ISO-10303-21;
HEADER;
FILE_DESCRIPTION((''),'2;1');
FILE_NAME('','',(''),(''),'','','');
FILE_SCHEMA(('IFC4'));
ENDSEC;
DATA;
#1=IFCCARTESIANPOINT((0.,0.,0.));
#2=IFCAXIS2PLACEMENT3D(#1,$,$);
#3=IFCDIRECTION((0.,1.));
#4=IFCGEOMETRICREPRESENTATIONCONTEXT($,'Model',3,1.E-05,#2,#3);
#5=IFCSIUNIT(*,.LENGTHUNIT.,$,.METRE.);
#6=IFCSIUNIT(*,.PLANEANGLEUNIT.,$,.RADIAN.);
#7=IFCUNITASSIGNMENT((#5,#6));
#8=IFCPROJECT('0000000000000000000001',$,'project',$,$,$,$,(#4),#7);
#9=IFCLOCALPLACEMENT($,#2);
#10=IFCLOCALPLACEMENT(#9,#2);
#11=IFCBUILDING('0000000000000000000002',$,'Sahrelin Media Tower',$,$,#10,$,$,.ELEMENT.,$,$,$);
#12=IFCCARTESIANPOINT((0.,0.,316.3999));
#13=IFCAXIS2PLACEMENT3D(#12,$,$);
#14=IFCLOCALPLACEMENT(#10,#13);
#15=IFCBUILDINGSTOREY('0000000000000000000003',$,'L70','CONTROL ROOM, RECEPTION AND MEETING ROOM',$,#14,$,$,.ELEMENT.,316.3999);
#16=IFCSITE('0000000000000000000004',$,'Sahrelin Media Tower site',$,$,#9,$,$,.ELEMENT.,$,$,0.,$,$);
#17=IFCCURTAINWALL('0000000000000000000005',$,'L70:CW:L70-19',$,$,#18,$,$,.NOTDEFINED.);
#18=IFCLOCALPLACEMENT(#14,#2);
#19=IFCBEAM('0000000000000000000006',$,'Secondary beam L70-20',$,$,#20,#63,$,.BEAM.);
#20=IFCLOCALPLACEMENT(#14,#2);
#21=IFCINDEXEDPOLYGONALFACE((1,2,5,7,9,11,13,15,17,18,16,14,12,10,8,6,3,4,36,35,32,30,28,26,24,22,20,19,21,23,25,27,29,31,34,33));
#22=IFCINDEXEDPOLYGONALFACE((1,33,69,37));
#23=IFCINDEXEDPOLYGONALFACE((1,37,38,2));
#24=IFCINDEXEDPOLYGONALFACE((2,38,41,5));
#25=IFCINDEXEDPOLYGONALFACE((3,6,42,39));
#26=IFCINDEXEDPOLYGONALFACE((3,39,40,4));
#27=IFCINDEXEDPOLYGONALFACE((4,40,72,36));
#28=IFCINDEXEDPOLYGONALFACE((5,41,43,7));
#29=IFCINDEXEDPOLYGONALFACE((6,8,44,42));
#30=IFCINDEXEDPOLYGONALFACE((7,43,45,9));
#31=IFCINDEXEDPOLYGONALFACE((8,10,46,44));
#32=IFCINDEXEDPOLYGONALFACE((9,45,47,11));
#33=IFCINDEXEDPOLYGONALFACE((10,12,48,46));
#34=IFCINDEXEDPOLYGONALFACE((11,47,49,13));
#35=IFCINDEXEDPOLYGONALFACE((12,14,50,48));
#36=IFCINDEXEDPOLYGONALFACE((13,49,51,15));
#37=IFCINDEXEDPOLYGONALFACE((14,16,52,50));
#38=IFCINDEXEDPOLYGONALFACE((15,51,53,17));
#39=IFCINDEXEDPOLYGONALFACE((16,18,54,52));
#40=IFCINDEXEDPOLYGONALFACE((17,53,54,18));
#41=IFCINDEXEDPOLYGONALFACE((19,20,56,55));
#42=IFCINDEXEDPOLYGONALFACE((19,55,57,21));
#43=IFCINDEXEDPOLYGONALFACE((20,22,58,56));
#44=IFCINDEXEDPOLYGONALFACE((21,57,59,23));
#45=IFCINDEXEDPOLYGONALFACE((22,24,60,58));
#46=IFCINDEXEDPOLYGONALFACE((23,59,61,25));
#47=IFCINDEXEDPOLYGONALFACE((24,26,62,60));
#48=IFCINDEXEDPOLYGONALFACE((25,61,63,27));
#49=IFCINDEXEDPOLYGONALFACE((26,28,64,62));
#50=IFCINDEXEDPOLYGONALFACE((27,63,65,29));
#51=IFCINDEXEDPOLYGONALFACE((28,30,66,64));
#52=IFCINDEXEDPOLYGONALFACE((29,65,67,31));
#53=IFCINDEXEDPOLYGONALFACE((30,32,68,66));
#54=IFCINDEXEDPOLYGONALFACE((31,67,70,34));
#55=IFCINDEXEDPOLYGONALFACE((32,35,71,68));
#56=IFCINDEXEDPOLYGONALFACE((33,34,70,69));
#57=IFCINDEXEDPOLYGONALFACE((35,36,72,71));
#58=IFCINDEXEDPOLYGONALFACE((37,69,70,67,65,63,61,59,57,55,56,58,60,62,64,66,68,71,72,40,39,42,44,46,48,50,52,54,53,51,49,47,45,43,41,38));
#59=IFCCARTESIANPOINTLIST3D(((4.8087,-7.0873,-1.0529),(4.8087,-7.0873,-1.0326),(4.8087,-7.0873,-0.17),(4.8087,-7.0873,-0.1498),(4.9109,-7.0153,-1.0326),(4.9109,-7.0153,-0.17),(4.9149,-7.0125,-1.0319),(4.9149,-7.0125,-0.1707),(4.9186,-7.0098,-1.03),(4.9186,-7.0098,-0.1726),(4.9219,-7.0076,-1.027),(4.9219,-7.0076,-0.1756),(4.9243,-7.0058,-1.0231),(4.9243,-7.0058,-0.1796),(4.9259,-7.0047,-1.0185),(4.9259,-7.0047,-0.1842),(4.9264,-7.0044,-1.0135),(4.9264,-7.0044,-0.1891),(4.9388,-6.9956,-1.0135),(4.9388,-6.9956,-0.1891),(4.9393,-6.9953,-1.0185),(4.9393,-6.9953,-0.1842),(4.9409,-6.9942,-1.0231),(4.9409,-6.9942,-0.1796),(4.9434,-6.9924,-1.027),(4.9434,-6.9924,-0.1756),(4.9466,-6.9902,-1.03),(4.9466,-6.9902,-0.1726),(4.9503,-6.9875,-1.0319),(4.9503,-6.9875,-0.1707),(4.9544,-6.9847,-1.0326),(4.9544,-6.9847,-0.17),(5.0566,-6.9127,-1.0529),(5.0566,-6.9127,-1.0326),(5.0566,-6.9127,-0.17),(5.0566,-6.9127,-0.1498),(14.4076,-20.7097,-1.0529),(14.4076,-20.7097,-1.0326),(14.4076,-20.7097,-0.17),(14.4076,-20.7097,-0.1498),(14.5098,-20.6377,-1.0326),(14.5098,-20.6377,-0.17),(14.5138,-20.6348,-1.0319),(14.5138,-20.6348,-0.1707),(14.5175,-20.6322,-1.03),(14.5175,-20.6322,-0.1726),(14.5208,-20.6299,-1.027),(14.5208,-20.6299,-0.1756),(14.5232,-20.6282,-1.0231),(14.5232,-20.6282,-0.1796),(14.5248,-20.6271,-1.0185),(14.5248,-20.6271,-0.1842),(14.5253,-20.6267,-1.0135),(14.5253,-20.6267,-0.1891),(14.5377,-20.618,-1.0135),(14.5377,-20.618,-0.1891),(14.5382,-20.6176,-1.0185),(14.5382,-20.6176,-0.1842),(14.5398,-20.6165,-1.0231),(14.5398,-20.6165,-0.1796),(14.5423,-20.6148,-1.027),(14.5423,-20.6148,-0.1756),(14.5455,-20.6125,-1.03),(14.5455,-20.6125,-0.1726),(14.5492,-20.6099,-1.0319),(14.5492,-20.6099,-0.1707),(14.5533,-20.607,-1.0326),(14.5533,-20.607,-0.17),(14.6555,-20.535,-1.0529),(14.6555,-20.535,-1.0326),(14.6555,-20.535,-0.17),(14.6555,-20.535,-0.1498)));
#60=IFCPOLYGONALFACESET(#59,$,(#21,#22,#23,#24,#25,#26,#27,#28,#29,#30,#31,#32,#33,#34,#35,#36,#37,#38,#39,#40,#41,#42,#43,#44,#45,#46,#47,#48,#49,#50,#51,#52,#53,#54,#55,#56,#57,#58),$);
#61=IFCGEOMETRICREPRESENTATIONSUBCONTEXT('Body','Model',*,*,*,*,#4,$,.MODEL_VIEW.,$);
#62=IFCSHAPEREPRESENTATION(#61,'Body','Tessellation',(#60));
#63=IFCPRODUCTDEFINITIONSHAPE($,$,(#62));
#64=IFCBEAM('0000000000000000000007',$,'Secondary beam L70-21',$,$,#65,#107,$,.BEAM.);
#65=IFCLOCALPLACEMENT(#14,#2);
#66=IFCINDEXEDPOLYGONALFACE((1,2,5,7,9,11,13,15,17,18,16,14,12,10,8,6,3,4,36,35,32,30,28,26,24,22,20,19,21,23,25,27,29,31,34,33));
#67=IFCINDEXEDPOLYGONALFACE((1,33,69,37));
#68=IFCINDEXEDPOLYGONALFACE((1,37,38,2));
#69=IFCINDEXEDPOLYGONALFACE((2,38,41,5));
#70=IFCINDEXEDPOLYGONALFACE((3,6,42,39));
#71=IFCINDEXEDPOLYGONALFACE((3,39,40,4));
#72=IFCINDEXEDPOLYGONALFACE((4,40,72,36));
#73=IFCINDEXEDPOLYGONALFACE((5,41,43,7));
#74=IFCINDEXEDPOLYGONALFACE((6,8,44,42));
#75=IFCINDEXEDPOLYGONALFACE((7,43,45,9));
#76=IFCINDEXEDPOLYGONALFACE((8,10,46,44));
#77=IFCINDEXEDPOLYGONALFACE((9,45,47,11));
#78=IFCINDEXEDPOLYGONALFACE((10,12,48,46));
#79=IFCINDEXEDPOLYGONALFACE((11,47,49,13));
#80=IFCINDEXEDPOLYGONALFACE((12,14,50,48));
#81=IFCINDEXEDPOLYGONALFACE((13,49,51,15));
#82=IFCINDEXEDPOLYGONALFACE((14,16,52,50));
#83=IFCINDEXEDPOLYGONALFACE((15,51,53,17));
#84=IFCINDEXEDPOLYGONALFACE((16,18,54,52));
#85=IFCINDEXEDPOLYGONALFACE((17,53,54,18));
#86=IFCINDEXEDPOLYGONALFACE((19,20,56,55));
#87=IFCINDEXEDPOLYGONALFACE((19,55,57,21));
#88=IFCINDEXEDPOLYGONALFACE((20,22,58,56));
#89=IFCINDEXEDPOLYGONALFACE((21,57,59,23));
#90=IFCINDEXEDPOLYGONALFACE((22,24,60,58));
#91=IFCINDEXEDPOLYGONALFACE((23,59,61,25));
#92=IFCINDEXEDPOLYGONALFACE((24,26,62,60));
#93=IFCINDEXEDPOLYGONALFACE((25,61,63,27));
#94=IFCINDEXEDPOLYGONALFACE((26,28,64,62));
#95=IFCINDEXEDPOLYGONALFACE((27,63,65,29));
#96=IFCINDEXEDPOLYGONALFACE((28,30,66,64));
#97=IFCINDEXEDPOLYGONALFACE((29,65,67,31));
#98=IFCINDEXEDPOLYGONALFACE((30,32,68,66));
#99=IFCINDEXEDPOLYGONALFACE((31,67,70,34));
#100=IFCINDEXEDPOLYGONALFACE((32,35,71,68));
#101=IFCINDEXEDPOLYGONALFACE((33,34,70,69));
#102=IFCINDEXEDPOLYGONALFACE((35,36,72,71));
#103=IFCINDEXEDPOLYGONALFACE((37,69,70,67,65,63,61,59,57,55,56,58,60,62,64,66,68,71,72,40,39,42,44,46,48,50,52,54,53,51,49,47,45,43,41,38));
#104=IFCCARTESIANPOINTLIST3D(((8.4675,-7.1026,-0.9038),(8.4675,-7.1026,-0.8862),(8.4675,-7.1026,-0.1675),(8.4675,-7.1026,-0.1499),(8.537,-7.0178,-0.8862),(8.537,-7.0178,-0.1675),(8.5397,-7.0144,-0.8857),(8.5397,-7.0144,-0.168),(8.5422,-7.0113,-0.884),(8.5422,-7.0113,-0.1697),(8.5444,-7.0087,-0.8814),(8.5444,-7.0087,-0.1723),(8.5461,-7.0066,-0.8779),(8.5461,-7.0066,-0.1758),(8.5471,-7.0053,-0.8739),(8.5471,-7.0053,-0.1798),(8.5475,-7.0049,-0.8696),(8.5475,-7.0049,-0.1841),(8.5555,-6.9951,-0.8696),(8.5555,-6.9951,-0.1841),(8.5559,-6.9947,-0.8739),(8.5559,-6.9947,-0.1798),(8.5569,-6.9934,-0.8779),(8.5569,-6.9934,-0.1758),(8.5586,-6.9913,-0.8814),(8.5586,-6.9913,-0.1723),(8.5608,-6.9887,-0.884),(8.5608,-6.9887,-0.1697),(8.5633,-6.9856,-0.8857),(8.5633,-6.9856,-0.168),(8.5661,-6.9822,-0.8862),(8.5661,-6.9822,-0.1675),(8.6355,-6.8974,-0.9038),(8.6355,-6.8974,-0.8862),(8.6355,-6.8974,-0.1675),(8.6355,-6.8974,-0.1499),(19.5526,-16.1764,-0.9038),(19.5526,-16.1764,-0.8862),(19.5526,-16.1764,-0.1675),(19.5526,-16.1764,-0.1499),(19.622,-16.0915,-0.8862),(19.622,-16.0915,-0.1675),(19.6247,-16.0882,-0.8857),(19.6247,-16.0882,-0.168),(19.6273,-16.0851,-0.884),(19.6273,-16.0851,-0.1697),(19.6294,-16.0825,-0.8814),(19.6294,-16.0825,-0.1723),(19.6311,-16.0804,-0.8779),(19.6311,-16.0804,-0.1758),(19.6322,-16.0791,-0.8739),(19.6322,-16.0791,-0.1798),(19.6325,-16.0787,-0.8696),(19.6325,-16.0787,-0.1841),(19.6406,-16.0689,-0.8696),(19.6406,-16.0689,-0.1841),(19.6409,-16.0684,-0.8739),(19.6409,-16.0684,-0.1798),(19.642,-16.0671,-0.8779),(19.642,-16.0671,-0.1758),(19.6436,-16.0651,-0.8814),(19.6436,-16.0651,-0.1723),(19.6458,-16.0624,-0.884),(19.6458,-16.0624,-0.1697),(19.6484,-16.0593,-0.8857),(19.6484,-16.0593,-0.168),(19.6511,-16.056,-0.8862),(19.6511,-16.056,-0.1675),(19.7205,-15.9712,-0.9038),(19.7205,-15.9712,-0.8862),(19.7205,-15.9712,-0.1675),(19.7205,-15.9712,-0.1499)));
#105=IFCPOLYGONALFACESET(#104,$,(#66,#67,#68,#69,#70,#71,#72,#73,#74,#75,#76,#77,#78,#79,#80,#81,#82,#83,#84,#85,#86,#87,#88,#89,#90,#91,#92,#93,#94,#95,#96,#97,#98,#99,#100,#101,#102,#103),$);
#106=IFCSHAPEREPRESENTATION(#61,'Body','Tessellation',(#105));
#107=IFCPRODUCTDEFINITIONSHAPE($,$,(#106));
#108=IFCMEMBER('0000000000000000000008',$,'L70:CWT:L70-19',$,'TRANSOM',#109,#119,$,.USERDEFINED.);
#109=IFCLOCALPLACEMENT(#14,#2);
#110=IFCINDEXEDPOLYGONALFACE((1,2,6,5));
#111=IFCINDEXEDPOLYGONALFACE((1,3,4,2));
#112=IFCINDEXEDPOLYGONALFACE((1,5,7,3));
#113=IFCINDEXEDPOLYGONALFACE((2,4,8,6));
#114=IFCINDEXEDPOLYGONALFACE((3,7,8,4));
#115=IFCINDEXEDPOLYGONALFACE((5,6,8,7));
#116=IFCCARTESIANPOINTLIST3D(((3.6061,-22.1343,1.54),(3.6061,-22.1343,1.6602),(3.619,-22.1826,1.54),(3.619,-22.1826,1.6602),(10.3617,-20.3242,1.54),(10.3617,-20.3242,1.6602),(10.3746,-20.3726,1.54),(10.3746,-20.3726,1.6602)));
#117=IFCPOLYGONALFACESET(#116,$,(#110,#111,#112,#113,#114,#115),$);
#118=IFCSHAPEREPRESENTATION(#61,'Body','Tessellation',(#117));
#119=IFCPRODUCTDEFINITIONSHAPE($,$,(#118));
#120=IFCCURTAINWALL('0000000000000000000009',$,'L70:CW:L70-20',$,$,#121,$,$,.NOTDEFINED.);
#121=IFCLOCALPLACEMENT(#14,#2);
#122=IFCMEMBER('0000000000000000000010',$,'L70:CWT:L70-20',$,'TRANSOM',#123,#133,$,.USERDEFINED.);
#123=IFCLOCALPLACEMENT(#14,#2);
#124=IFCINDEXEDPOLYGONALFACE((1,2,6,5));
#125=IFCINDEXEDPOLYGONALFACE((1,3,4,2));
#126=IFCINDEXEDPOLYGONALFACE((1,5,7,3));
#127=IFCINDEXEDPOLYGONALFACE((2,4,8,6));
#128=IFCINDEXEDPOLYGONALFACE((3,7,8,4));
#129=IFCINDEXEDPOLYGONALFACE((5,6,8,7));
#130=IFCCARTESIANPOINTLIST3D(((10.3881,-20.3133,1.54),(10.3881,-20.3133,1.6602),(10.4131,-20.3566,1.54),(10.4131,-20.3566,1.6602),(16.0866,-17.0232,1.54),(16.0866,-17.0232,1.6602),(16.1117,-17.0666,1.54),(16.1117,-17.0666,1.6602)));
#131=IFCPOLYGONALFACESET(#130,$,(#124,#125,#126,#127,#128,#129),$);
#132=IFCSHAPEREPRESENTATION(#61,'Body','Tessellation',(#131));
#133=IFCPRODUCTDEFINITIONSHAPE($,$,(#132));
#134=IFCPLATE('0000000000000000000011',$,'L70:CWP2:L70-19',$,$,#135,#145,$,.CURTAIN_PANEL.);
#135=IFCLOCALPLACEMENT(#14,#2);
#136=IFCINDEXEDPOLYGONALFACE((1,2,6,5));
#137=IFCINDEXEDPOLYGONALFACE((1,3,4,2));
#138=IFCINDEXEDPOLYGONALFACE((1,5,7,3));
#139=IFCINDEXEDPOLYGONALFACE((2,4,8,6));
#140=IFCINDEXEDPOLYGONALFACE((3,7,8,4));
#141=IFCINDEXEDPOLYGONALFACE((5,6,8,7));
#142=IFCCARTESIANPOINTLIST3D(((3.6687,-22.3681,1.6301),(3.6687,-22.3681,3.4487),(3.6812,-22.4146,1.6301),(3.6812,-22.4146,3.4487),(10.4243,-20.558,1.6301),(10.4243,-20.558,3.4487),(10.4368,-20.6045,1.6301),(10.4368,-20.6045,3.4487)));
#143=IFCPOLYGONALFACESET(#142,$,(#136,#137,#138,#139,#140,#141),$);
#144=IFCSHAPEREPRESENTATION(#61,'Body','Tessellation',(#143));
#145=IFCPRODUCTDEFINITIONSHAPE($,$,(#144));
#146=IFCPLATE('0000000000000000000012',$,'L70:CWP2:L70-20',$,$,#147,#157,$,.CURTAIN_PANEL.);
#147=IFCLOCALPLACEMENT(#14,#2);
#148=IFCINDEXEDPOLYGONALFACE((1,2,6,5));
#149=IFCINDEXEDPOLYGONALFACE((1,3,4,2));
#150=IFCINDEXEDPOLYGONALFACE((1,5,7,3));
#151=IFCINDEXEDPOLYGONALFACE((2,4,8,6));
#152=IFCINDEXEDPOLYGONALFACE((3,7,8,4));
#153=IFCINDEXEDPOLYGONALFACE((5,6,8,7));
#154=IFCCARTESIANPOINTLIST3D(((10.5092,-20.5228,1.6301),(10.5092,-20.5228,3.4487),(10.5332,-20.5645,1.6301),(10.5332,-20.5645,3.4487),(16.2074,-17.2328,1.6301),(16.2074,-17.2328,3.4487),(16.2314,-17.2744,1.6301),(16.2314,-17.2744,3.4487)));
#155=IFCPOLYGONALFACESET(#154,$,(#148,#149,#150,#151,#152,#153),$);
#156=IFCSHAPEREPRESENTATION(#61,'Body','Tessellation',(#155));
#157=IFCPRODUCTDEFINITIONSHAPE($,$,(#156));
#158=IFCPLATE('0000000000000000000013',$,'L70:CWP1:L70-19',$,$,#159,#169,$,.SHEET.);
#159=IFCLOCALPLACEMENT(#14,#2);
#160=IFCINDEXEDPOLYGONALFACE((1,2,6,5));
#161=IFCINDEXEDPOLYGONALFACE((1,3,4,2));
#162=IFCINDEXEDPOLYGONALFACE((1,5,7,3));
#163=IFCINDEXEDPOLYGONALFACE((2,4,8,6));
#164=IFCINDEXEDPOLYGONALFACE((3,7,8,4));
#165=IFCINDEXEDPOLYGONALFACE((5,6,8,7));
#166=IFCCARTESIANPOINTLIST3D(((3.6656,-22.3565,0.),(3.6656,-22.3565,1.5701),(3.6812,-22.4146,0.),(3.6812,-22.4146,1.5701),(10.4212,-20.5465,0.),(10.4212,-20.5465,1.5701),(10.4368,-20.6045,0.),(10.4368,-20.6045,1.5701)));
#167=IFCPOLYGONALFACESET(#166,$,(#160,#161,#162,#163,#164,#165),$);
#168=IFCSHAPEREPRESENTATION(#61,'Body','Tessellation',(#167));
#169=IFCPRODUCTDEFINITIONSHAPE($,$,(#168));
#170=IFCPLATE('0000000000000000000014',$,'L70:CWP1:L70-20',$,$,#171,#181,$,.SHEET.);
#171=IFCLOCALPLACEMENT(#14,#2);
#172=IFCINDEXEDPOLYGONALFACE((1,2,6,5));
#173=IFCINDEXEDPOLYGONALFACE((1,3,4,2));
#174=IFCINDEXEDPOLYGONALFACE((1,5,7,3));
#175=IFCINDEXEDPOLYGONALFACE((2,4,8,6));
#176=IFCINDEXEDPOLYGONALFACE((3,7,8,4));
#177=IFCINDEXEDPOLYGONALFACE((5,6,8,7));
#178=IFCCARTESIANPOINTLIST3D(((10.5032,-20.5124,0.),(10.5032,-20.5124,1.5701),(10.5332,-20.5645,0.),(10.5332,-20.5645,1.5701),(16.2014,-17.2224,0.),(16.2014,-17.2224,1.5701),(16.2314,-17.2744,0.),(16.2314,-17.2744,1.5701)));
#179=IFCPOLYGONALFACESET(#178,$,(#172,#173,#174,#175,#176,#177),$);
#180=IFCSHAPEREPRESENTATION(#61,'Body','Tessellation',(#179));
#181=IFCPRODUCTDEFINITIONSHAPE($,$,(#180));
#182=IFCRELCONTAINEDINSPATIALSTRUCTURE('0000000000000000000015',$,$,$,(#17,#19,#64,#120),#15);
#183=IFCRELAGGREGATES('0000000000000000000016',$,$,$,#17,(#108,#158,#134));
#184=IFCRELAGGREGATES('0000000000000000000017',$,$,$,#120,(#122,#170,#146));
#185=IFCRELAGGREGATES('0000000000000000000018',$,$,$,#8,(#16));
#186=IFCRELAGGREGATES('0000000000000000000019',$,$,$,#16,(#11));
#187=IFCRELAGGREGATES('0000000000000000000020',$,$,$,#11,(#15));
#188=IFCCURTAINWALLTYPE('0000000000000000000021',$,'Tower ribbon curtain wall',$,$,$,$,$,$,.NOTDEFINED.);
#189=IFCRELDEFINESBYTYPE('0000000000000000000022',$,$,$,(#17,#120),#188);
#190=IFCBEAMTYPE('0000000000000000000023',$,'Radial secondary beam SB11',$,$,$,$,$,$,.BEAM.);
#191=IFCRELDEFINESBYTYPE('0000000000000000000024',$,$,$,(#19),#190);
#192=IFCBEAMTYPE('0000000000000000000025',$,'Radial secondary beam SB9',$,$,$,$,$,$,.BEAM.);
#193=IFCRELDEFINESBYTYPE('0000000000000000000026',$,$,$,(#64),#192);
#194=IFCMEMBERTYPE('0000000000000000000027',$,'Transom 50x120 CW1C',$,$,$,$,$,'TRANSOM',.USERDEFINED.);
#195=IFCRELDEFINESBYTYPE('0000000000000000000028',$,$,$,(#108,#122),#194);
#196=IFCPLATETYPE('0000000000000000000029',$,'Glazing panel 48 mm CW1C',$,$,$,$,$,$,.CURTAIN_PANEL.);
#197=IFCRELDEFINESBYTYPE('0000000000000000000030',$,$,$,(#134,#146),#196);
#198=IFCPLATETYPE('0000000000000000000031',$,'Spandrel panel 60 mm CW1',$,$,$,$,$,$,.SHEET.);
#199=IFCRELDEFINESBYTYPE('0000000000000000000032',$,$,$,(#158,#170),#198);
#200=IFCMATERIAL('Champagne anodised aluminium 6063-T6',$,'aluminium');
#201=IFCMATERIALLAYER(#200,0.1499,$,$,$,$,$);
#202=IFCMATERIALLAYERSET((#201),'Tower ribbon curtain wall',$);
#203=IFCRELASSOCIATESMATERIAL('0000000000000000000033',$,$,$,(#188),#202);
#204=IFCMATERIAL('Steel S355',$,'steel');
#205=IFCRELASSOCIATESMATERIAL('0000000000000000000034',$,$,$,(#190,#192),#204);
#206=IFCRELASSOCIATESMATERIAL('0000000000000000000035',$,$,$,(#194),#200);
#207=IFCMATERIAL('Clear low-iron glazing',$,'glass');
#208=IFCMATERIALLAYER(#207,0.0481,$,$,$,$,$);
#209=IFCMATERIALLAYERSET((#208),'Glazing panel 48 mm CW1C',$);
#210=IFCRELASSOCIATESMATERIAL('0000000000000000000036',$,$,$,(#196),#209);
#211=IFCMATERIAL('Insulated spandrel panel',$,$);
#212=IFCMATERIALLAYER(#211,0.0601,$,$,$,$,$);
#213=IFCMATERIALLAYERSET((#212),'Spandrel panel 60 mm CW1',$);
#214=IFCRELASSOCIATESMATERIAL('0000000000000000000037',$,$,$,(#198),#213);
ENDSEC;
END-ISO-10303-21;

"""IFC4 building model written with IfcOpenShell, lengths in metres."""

from ifc_helpers import new_model, si_unit, direction, frame, origin, origin_2d, place, context, subcontext, project, spatial, polyline, rectangle, i_section, outline, extrude, material, layer, layer_set, material_profile, profile_set, type_object, element, aggregate, save


model = new_model("IFC4")

# Units and contexts
model_context = context("Model", 3, precision=1e-05, world=origin(), true_north=direction((0.0, 1.0)))
body_context = subcontext(model_context, "Body", "Model", "MODEL_VIEW")
ifc_project = project(units=[si_unit("LENGTHUNIT", "METRE"), si_unit("PLANEANGLEUNIT", "RADIAN")], contexts=[model_context])

# Site, building, storey
site_placement = place(None, origin())
site = spatial("IfcSite", under=ifc_project, at=site_placement, Name="Sahrelin Media Tower site", CompositionType="ELEMENT", RefElevation=0.0)
building_placement = place(site_placement, origin())
building = spatial("IfcBuilding", under=site, at=building_placement, Name="Sahrelin Media Tower", CompositionType="ELEMENT")
storey_placement = place(building_placement, frame((0.0, 0.0, 316.3999)))
storey = spatial("IfcBuildingStorey", under=building, at=storey_placement, Name="L70", Description="CONTROL ROOM, RECEPTION AND MEETING ROOM", CompositionType="ELEMENT", Elevation=316.3999)

# Shared definitions
ifc_material_1 = material(Name="Steel S355", Category="steel")

# Curtain wall
ifc_material_2 = material(Name="Champagne anodised aluminium 6063-T6", Category="aluminium")
ifc_layer_1 = layer(ifc_material_2, 0.1499)
ifc_layer_set_1 = layer_set([ifc_layer_1], Name="Tower ribbon curtain wall")
curtain_wall_type = type_object("IfcCurtainWallType", Name="Tower ribbon curtain wall", PredefinedType="NOTDEFINED", material=ifc_layer_set_1)
curtain_wall_1_placement = place(storey_placement, frame((7.0537, -21.49, 0.0), z_axis=(0.0, 0.0, 1.0), x_axis=(1.0, 0.0, 0.0)))
curtain_wall_1 = element("IfcCurtainWall", 1, at=curtain_wall_1_placement, inside=storey, type_object=curtain_wall_type, Name="L70:CW:L70-19", PredefinedType="NOTDEFINED")

# Beams
ifc_material_profile_1 = material_profile(ifc_material_1, i_section(OverallWidth=0.3032, OverallDepth=0.9031, WebThickness=0.0151, FlangeThickness=0.0203, FilletRadius=0.019, at=origin_2d()), Name="UB 914x305x201")
ifc_profile_set_1 = profile_set([ifc_material_profile_1], Name="Steel S355")
beam_type_1 = type_object("IfcBeamType", Name="Radial secondary beam SB11", PredefinedType="BEAM", material=ifc_profile_set_1)
beam_1_placement = place(storey_placement, frame((4.9326, -7.0, -0.6013), z_axis=(0.576007, -0.817445, 0.0), x_axis=(0.817445, 0.576007, 0.0)))
element("IfcBeam", 2, at=beam_1_placement, inside=storey, type_object=beam_type_1, Name="Secondary beam L70-20", PredefinedType="BEAM", context=body_context, shape_type="SweptSolid", body=[
    extrude(i_section(OverallWidth=0.3032, OverallDepth=0.9031, WebThickness=0.0151, FlangeThickness=0.0203, FilletRadius=0.019, at=origin_2d()), origin(), (0.0, 0.0, 1.0), 16.6646),
])
ifc_material_profile_2 = material_profile(ifc_material_1, i_section(OverallWidth=0.2651, OverallDepth=0.7539, WebThickness=0.0127, FlangeThickness=0.0176, FilletRadius=0.0166, at=origin_2d()), Name="UB 762x267x147")
ifc_profile_set_2 = profile_set([ifc_material_profile_2], Name="Steel S355")
beam_type_2 = type_object("IfcBeamType", Name="Radial secondary beam SB9", PredefinedType="BEAM", material=ifc_profile_set_2)
beam_2_placement = place(storey_placement, frame((8.5515, -7.0, -0.5269), z_axis=(0.773813, -0.633414, 0.0), x_axis=(0.633414, 0.773813, 0.0)))
element("IfcBeam", 3, at=beam_2_placement, inside=storey, type_object=beam_type_2, Name="Secondary beam L70-21", PredefinedType="BEAM", context=body_context, shape_type="SweptSolid", body=[
    extrude(i_section(OverallWidth=0.2651, OverallDepth=0.7539, WebThickness=0.0127, FlangeThickness=0.0176, FilletRadius=0.0166, at=origin_2d()), origin(), (0.0, 0.0, 1.0), 14.3252),
])

# Member
ifc_material_profile_3 = material_profile(ifc_material_2, rectangle(XDim=0.05, YDim=0.1201, at=origin_2d()), Name="Transom 50x120")
ifc_profile_set_3 = profile_set([ifc_material_profile_3], Name="Champagne anodised aluminium 6063-T6")
member_type_1 = type_object("IfcMemberType", Name="Transom 50x120 CW1C", ElementType="TRANSOM", PredefinedType="USERDEFINED", material=ifc_profile_set_3)
member_1_placement = place(storey_placement, frame((3.6125, -22.1584, 1.6001), z_axis=(0.96593, 0.258805, 0.0), x_axis=(-0.258805, 0.96593, 0.0)))
member_1 = element("IfcMember", 4, at=member_1_placement, type_object=member_type_1, Name="L70:CWT:L70-19", ObjectType="TRANSOM", PredefinedType="USERDEFINED", context=body_context, shape_type="SweptSolid", body=[
    extrude(rectangle(XDim=0.05, YDim=0.1201, at=origin_2d()), origin(), (0.0, 0.0, 1.0), 6.9939),
])

# Curtain wall, member
curtain_wall_2_placement = place(storey_placement, frame((13.3723, -18.9021, 0.0), z_axis=(0.0, 0.0, 1.0), x_axis=(1.0, 0.0, 0.0)))
curtain_wall_2 = element("IfcCurtainWall", 5, at=curtain_wall_2_placement, inside=storey, type_object=curtain_wall_type, Name="L70:CW:L70-20", PredefinedType="NOTDEFINED")
member_2_placement = place(storey_placement, frame((10.4006, -20.335, 1.6001), z_axis=(0.866024, 0.500002, 0.0), x_axis=(-0.500002, 0.866024, 0.0)))
member_2 = element("IfcMember", 6, at=member_2_placement, type_object=member_type_1, Name="L70:CWT:L70-20", ObjectType="TRANSOM", PredefinedType="USERDEFINED", context=body_context, shape_type="SweptSolid", body=[
    extrude(rectangle(XDim=0.05, YDim=0.1201, at=origin_2d()), origin(), (0.0, 0.0, 1.0), 6.5801),
])

# Plates
ifc_material_3 = material(Name="Clear low-iron glazing", Category="glass")
ifc_layer_2 = layer(ifc_material_3, 0.0481)
ifc_layer_set_2 = layer_set([ifc_layer_2], Name="Glazing panel 48 mm CW1C")
plate_type_1 = type_object("IfcPlateType", Name="Glazing panel 48 mm CW1C", PredefinedType="CURTAIN_PANEL", material=ifc_layer_set_2)
plate_1_placement = place(storey_placement, frame((3.6812, -22.4146, 1.6301), z_axis=(0.258805, -0.96593, 0.0), x_axis=(0.96593, 0.258805, 0.0)))
plate_1 = element("IfcPlate", 7, at=plate_1_placement, type_object=plate_type_1, Name="L70:CWP2:L70-19", PredefinedType="CURTAIN_PANEL", context=body_context, shape_type="SweptSolid", body=[
    extrude(outline(polyline([(0.0, 0.0), (6.9939, 0.0), (6.9939, 1.8186), (0.0, 1.8186), (0.0, 0.0)])), origin(), (0.0, 0.0, -1.0), 0.0481),
])
plate_2_placement = place(storey_placement, frame((10.5332, -20.5645, 1.6301), z_axis=(0.500018, -0.866015, 0.0), x_axis=(0.866015, 0.500018, 0.0)))
plate_2 = element("IfcPlate", 8, at=plate_2_placement, type_object=plate_type_1, Name="L70:CWP2:L70-20", PredefinedType="CURTAIN_PANEL", context=body_context, shape_type="SweptSolid", body=[
    extrude(outline(polyline([(0.0, 0.0), (6.5798, 0.0), (6.5798, 1.8186), (0.0, 1.8186), (0.0, 0.0)])), origin(), (0.0, 0.0, -1.0), 0.0481),
])
ifc_material_4 = material(Name="Insulated spandrel panel")
ifc_layer_3 = layer(ifc_material_4, 0.0601)
ifc_layer_set_3 = layer_set([ifc_layer_3], Name="Spandrel panel 60 mm CW1")
plate_type_2 = type_object("IfcPlateType", Name="Spandrel panel 60 mm CW1", PredefinedType="SHEET", material=ifc_layer_set_3)
plate_3_placement = place(storey_placement, frame((3.6812, -22.4146, 0.0), z_axis=(0.258805, -0.96593, 0.0), x_axis=(0.96593, 0.258805, 0.0)))
plate_3 = element("IfcPlate", 9, at=plate_3_placement, type_object=plate_type_2, Name="L70:CWP1:L70-19", PredefinedType="SHEET", context=body_context, shape_type="SweptSolid", body=[
    extrude(outline(polyline([(0.0, 0.0), (6.9939, 0.0), (6.9939, 1.5701), (0.0, 1.5701), (0.0, 0.0)])), origin(), (0.0, 0.0, -1.0), 0.0601),
])
aggregate(curtain_wall_1, [member_1, plate_3, plate_1])
plate_4_placement = place(storey_placement, frame((10.5332, -20.5645, 0.0), z_axis=(0.500018, -0.866015, 0.0), x_axis=(0.866015, 0.500018, 0.0)))
plate_4 = element("IfcPlate", 10, at=plate_4_placement, type_object=plate_type_2, Name="L70:CWP1:L70-20", PredefinedType="SHEET", context=body_context, shape_type="SweptSolid", body=[
    extrude(outline(polyline([(0.0, 0.0), (6.5798, 0.0), (6.5798, 1.5701), (0.0, 1.5701), (0.0, 0.0)])), origin(), (0.0, 0.0, -1.0), 0.0601),
])
aggregate(curtain_wall_2, [member_2, plate_4, plate_2])

save(model, "model.ifc")
